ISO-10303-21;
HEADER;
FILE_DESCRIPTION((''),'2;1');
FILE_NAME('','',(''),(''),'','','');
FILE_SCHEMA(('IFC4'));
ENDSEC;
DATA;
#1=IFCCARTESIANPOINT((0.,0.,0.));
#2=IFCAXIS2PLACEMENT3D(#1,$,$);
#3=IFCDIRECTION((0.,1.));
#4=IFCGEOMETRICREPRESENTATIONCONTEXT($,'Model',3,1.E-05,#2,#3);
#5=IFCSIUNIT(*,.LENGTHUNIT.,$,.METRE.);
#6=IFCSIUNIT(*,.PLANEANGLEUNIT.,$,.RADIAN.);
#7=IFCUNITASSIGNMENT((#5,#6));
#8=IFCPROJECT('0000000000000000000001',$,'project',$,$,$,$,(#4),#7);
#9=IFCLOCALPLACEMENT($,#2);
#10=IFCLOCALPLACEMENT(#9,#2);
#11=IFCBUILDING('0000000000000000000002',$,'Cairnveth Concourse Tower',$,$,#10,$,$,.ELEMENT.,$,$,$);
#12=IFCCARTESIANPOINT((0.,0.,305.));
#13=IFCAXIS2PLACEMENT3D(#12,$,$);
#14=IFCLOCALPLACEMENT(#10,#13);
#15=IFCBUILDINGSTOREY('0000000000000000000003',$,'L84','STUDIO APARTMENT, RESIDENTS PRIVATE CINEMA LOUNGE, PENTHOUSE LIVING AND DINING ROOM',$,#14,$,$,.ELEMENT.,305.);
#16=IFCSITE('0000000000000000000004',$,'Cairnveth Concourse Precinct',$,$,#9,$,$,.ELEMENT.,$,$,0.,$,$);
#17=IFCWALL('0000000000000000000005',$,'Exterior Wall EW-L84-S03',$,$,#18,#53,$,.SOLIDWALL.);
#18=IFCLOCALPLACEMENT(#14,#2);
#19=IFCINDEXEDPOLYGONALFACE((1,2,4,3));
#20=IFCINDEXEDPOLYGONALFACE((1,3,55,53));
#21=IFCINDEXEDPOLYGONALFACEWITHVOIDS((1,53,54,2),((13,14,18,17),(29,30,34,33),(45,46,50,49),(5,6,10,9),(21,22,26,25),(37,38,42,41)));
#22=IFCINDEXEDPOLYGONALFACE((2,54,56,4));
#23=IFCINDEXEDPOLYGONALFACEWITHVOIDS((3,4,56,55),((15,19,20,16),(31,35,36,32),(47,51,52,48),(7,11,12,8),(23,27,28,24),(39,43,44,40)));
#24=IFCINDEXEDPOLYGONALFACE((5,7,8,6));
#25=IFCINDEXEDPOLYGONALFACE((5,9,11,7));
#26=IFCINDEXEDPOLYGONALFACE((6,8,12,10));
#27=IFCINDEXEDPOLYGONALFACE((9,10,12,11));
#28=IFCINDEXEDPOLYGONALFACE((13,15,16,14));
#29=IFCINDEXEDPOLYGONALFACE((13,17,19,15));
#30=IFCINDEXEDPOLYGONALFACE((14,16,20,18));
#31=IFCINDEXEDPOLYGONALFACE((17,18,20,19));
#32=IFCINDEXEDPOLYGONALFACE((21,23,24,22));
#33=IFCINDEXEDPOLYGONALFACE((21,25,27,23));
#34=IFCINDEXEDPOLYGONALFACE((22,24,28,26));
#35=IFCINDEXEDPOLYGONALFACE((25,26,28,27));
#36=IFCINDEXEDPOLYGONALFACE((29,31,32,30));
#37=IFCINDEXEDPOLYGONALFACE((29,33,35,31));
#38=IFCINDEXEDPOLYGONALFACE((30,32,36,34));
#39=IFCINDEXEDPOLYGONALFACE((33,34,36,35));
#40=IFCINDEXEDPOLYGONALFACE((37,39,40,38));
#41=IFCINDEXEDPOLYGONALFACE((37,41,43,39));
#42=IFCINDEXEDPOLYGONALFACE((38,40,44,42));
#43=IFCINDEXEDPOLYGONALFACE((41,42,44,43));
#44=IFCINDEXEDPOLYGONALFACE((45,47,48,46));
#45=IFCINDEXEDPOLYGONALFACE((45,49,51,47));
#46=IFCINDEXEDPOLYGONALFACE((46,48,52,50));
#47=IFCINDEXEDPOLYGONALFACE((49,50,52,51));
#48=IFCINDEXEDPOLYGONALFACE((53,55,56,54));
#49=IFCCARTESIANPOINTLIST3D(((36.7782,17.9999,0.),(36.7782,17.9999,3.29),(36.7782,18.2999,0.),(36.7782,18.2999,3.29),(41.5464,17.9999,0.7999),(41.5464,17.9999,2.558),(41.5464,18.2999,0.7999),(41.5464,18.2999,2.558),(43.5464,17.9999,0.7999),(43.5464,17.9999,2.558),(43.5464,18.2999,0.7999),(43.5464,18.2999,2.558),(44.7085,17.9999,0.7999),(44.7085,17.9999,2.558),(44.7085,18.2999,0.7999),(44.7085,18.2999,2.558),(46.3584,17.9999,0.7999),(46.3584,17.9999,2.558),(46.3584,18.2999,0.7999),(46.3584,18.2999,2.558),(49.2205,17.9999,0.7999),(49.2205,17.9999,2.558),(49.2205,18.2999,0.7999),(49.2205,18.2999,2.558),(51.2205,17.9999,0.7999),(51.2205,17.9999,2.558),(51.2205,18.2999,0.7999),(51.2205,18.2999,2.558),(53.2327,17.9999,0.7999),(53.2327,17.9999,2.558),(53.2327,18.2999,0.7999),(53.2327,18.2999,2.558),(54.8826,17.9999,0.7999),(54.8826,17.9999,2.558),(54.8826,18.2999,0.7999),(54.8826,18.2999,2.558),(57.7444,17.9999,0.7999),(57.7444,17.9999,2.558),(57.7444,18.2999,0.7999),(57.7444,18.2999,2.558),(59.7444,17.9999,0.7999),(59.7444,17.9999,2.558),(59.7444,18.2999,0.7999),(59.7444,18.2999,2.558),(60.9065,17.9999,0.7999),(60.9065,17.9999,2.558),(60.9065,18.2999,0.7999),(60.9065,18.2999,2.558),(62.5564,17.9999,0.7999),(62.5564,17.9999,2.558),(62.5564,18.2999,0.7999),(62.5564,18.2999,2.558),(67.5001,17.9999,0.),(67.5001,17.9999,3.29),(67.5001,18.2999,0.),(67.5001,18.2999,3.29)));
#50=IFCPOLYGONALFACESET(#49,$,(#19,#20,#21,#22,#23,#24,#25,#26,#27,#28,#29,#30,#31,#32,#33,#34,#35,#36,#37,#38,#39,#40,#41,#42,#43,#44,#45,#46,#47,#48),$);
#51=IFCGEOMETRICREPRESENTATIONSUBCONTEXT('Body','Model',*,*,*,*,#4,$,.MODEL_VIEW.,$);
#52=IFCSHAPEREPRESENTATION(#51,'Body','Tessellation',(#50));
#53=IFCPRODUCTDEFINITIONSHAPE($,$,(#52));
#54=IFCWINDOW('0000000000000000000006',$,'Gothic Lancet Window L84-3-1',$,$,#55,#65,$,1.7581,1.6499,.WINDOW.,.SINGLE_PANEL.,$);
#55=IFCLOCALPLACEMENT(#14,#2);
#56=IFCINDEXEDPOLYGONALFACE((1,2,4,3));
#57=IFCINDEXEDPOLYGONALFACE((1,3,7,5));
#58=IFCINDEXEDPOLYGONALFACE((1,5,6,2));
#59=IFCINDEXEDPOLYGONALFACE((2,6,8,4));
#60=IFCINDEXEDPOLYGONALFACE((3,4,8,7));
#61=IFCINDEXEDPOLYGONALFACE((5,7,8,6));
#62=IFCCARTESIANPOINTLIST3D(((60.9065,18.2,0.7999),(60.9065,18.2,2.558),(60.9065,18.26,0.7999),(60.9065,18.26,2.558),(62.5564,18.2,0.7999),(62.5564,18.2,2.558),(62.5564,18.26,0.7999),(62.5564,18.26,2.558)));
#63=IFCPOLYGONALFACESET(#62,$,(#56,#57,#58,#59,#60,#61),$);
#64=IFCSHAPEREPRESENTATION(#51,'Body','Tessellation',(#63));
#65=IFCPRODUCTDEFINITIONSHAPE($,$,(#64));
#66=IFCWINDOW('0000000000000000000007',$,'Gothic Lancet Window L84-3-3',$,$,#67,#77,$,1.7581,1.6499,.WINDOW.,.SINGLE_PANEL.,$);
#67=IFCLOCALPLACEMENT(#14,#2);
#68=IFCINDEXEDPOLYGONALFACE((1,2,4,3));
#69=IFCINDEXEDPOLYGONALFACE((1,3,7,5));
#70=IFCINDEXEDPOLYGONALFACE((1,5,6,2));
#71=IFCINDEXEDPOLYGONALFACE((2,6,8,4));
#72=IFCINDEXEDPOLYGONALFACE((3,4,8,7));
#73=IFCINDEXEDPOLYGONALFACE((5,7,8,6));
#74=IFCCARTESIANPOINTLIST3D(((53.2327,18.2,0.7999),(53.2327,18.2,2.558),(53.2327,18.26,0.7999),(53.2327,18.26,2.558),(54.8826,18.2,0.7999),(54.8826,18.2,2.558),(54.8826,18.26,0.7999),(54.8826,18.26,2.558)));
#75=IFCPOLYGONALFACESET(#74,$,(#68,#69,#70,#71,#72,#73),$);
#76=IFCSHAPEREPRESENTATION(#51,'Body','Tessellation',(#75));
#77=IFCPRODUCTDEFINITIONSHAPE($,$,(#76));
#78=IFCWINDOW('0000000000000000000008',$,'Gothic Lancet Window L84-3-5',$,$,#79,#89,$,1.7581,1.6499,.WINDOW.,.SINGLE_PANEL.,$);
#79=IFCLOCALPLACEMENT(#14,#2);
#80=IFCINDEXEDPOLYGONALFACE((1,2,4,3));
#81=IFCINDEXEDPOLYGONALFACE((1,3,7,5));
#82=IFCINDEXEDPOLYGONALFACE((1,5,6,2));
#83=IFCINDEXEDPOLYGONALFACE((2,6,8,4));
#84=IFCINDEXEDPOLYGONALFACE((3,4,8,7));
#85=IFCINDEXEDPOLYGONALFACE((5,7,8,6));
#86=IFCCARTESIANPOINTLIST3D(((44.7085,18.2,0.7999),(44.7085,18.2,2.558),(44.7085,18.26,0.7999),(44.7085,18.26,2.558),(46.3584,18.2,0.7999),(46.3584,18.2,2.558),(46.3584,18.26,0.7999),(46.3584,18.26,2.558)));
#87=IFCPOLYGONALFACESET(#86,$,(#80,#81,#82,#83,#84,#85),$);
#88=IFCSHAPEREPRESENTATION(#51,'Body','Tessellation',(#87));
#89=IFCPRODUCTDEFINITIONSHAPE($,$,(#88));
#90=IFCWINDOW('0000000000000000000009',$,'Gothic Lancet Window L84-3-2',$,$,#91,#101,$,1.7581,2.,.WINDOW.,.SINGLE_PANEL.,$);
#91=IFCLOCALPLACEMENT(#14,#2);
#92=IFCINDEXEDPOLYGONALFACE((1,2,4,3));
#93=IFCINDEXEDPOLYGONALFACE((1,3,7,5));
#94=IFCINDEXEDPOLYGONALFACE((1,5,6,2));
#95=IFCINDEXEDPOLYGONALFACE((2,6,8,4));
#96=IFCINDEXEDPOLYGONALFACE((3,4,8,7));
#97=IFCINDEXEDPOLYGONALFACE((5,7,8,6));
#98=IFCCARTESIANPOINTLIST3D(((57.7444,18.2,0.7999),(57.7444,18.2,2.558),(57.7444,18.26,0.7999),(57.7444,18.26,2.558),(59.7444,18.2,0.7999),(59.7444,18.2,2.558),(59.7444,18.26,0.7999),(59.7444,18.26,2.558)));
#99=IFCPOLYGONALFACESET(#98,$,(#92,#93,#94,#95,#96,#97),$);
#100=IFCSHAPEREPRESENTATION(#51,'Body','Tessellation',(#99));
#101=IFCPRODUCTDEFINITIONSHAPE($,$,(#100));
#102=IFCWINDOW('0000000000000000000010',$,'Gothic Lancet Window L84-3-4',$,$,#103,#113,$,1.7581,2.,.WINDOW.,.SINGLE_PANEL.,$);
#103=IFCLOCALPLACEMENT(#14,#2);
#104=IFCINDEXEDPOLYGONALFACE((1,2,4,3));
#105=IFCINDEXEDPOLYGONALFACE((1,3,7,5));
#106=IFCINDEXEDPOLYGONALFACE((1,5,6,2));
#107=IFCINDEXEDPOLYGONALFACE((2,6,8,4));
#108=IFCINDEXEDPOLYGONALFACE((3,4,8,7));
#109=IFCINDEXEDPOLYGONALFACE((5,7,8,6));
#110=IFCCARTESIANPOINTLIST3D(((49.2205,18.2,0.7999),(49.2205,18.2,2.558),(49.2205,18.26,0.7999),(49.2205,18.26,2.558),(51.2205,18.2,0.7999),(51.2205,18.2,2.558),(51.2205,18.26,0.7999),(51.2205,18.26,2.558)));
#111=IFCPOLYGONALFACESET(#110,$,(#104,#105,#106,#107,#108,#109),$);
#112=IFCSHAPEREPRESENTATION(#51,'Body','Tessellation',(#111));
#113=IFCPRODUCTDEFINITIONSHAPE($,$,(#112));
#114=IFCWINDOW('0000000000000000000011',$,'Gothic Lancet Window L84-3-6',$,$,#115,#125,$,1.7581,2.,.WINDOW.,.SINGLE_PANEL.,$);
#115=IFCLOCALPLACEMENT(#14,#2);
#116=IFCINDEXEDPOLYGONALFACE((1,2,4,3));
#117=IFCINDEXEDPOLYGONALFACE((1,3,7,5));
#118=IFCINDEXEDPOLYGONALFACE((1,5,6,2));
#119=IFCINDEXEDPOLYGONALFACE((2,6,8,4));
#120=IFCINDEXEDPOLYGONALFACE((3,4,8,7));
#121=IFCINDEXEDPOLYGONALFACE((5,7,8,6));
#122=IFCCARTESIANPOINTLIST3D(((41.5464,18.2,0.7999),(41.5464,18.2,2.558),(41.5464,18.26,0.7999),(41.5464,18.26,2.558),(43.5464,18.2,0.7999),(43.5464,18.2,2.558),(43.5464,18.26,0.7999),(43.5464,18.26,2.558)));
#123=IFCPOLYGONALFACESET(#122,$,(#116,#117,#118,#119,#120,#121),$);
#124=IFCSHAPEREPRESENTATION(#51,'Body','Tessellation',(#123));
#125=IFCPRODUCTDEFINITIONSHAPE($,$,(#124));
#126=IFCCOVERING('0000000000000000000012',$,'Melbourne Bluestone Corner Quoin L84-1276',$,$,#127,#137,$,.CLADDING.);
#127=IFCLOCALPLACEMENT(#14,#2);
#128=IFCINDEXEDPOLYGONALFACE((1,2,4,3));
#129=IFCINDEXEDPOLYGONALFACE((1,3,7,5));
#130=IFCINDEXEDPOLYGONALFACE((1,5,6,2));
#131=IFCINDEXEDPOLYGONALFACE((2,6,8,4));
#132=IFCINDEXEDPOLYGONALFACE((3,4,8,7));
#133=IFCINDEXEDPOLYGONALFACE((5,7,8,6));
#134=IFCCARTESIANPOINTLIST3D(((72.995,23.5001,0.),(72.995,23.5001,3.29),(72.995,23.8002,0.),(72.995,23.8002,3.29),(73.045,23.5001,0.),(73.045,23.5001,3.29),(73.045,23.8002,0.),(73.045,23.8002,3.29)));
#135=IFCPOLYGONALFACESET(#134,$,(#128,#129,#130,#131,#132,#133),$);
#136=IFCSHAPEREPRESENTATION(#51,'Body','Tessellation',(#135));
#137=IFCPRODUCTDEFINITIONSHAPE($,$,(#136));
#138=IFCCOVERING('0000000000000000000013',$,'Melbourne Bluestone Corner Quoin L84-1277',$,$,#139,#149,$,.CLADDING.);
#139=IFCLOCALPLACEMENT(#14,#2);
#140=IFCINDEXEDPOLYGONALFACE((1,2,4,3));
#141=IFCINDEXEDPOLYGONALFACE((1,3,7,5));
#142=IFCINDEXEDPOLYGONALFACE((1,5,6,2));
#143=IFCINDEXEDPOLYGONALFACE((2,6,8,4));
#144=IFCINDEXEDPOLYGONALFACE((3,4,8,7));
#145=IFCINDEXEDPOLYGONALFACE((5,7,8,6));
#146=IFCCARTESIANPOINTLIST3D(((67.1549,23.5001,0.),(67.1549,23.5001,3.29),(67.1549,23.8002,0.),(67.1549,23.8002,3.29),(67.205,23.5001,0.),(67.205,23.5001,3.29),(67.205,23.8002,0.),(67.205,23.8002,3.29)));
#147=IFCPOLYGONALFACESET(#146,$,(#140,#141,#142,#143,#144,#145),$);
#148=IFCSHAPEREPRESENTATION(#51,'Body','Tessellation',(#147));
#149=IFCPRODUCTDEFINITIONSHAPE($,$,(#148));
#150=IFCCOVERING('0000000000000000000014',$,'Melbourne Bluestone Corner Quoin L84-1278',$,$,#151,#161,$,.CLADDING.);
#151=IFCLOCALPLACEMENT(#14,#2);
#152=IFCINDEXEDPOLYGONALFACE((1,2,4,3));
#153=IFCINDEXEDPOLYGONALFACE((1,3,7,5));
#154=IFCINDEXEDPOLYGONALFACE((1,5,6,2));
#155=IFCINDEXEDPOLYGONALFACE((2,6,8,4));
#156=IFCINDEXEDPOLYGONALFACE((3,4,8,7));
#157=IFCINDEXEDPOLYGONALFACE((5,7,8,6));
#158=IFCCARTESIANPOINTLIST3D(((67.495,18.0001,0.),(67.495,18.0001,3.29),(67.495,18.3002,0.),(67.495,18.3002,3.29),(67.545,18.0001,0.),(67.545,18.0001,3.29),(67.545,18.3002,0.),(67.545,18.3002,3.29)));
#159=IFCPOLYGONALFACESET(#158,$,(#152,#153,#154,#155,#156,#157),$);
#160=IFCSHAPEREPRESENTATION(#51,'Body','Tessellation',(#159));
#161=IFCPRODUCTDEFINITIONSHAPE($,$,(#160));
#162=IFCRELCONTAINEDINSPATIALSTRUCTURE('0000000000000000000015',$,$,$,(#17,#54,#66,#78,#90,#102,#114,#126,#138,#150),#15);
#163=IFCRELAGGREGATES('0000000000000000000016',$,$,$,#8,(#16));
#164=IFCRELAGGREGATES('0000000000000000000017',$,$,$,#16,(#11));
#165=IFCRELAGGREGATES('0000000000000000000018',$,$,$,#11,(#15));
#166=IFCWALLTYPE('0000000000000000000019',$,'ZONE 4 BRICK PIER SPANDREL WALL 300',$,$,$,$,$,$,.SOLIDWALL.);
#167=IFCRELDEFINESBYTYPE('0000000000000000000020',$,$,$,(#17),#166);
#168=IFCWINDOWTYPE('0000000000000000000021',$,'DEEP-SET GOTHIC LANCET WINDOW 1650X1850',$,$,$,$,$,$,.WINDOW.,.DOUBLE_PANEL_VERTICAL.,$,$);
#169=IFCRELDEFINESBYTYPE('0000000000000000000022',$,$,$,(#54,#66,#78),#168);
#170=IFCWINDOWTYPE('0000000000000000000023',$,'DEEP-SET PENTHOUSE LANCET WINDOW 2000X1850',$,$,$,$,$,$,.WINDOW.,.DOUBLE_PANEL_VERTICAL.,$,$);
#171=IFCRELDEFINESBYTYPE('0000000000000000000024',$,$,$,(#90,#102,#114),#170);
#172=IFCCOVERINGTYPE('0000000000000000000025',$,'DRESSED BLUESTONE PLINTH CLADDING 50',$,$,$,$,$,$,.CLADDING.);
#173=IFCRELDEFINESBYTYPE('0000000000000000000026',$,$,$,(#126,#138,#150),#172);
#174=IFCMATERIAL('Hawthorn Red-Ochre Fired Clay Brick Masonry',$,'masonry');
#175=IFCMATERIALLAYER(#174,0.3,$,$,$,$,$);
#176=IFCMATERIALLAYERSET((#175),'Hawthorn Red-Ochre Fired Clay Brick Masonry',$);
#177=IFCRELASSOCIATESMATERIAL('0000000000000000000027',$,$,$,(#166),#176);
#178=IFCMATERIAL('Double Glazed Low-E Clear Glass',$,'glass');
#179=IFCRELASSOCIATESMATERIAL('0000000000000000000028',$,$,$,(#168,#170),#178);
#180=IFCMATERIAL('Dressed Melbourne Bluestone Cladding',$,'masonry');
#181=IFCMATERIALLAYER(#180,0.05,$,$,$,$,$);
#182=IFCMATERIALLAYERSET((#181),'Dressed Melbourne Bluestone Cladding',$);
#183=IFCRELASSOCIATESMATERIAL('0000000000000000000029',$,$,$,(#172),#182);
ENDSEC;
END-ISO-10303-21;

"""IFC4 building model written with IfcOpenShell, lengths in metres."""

from ifc_helpers import new_model, si_unit, direction, frame, frame_2d, origin, place, context, subcontext, project, spatial, rectangle, extrude, material, layer, layer_set, type_object, element, fill, save


model = new_model("IFC4")

# Units and contexts
model_context = context("Model", 3, precision=1e-05, world=origin(), true_north=direction((0.0, 1.0)))
body_context = subcontext(model_context, "Body", "Model", "MODEL_VIEW")
ifc_project = project(units=[si_unit("LENGTHUNIT", "METRE"), si_unit("PLANEANGLEUNIT", "RADIAN")], contexts=[model_context])

# Site, building, storey
site_placement = place(None, origin())
site = spatial("IfcSite", under=ifc_project, at=site_placement, Name="Cairnveth Concourse Precinct", CompositionType="ELEMENT", RefElevation=0.0)
building_placement = place(site_placement, origin())
building = spatial("IfcBuilding", under=site, at=building_placement, Name="Cairnveth Concourse Tower", CompositionType="ELEMENT")
storey_placement = place(building_placement, frame((0.0, 0.0, 305.0)))
storey = spatial("IfcBuildingStorey", under=building, at=storey_placement, Name="L84", Description="STUDIO APARTMENT, RESIDENTS PRIVATE CINEMA LOUNGE, PENTHOUSE LIVING AND DINING ROOM", CompositionType="ELEMENT", Elevation=305.0)

# Shared definitions
ifc_material_1 = material(Name="Hawthorn Red-Ochre Fired Clay Brick Masonry", Category="masonry")
ifc_layer_1 = layer(ifc_material_1, 0.3)
ifc_layer_set_1 = layer_set([ifc_layer_1], Name="Hawthorn Red-Ochre Fired Clay Brick Masonry")
wall_type = type_object("IfcWallType", Name="ZONE 4 BRICK PIER SPANDREL WALL 300", PredefinedType="SOLIDWALL", material=ifc_layer_set_1)
ifc_material_2 = material(Name="Double Glazed Low-E Clear Glass", Category="glass")

# Wall, openings, windows
wall_1_placement = place(storey_placement, frame((67.5, 18.1499, 0.0), z_axis=(0.0, 0.0, 1.0), x_axis=(-1.0, 0.0, 0.0)))
wall_1 = element("IfcWall", 1, at=wall_1_placement, inside=storey, type_object=wall_type, Name="Exterior Wall EW-L84-S03", PredefinedType="SOLIDWALL", context=body_context, shape_type="SweptSolid", body=[
    extrude(rectangle(XDim=30.7219, YDim=0.3, at=frame_2d((15.3608, 0.0))), origin(), (0.0, 0.0, 1.0), 3.29),
])
opening_1_placement = place(wall_1_placement, frame((4.9436, 0.0, 0.8)))
opening_1 = element("IfcOpeningElement", 2, at=opening_1_placement, cuts=wall_1, PredefinedType="OPENING", context=body_context, shape_type="SweptSolid", body=[
    extrude(rectangle(XDim=1.6499, YDim=1.7581, at=frame_2d((0.825, 0.8789))), frame((0.0, 0.1599, 0.0), z_axis=(0.0, -1.0, 0.0), x_axis=(1.0, 0.0, 0.0)), (0.0, 0.0, 1.0), 0.3201),
])
opening_2_placement = place(wall_1_placement, frame((7.7556, 0.0, 0.8)))
opening_2 = element("IfcOpeningElement", 3, at=opening_2_placement, cuts=wall_1, PredefinedType="OPENING", context=body_context, shape_type="SweptSolid", body=[
    extrude(rectangle(XDim=2.0, YDim=1.7581, at=frame_2d((1.0, 0.8789))), frame((0.0, 0.1599, 0.0), z_axis=(0.0, -1.0, 0.0), x_axis=(1.0, 0.0, 0.0)), (0.0, 0.0, 1.0), 0.3201),
])
opening_3_placement = place(wall_1_placement, frame((12.6174, 0.0, 0.8)))
opening_3 = element("IfcOpeningElement", 4, at=opening_3_placement, cuts=wall_1, PredefinedType="OPENING", context=body_context, shape_type="SweptSolid", body=[
    extrude(rectangle(XDim=1.6499, YDim=1.7581, at=frame_2d((0.825, 0.8789))), frame((0.0, 0.1599, 0.0), z_axis=(0.0, -1.0, 0.0), x_axis=(1.0, 0.0, 0.0)), (0.0, 0.0, 1.0), 0.3201),
])
opening_4_placement = place(wall_1_placement, frame((16.2795, 0.0, 0.8)))
opening_4 = element("IfcOpeningElement", 5, at=opening_4_placement, cuts=wall_1, PredefinedType="OPENING", context=body_context, shape_type="SweptSolid", body=[
    extrude(rectangle(XDim=2.0, YDim=1.7581, at=frame_2d((1.0, 0.8789))), frame((0.0, 0.1599, 0.0), z_axis=(0.0, -1.0, 0.0), x_axis=(1.0, 0.0, 0.0)), (0.0, 0.0, 1.0), 0.3201),
])
opening_5_placement = place(wall_1_placement, frame((21.1416, 0.0, 0.8)))
opening_5 = element("IfcOpeningElement", 6, at=opening_5_placement, cuts=wall_1, PredefinedType="OPENING", context=body_context, shape_type="SweptSolid", body=[
    extrude(rectangle(XDim=1.6499, YDim=1.7581, at=frame_2d((0.825, 0.8789))), frame((0.0, 0.1599, 0.0), z_axis=(0.0, -1.0, 0.0), x_axis=(1.0, 0.0, 0.0)), (0.0, 0.0, 1.0), 0.3201),
])
opening_6_placement = place(wall_1_placement, frame((23.9536, 0.0, 0.8)))
opening_6 = element("IfcOpeningElement", 7, at=opening_6_placement, cuts=wall_1, PredefinedType="OPENING", context=body_context, shape_type="SweptSolid", body=[
    extrude(rectangle(XDim=2.0, YDim=1.7581, at=frame_2d((1.0, 0.8789))), frame((0.0, 0.1599, 0.0), z_axis=(0.0, -1.0, 0.0), x_axis=(1.0, 0.0, 0.0)), (0.0, 0.0, 1.0), 0.3201),
])
window_type_1 = type_object("IfcWindowType", Name="DEEP-SET GOTHIC LANCET WINDOW 1650X1850", PartitioningType="DOUBLE_PANEL_VERTICAL", PredefinedType="WINDOW", material=ifc_material_2)
window_1_placement = place(opening_1_placement, origin())
window_1 = element("IfcWindow", 8, at=window_1_placement, inside=storey, type_object=window_type_1, Name="Gothic Lancet Window L84-3-1", OverallHeight=1.7581, OverallWidth=1.6499, PartitioningType="SINGLE_PANEL", PredefinedType="WINDOW", context=body_context, shape_type="SweptSolid", body=[
    extrude(rectangle(XDim=1.6499, YDim=1.7581, at=frame_2d((0.825, 0.8789))), frame((0.0, -0.05, 0.0), z_axis=(0.0, -1.0, 0.0), x_axis=(1.0, 0.0, 0.0)), (0.0, 0.0, 1.0), 0.0601),
])
fill(opening_1, window_1)
window_2_placement = place(opening_3_placement, origin())
window_2 = element("IfcWindow", 9, at=window_2_placement, inside=storey, type_object=window_type_1, Name="Gothic Lancet Window L84-3-3", OverallHeight=1.7581, OverallWidth=1.6499, PartitioningType="SINGLE_PANEL", PredefinedType="WINDOW", context=body_context, shape_type="SweptSolid", body=[
    extrude(rectangle(XDim=1.6499, YDim=1.7581, at=frame_2d((0.825, 0.8789))), frame((0.0, -0.05, 0.0), z_axis=(0.0, -1.0, 0.0), x_axis=(1.0, 0.0, 0.0)), (0.0, 0.0, 1.0), 0.0601),
])
fill(opening_3, window_2)
window_3_placement = place(opening_5_placement, origin())
window_3 = element("IfcWindow", 10, at=window_3_placement, inside=storey, type_object=window_type_1, Name="Gothic Lancet Window L84-3-5", OverallHeight=1.7581, OverallWidth=1.6499, PartitioningType="SINGLE_PANEL", PredefinedType="WINDOW", context=body_context, shape_type="SweptSolid", body=[
    extrude(rectangle(XDim=1.6499, YDim=1.7581, at=frame_2d((0.825, 0.8789))), frame((0.0, -0.05, 0.0), z_axis=(0.0, -1.0, 0.0), x_axis=(1.0, 0.0, 0.0)), (0.0, 0.0, 1.0), 0.0601),
])
fill(opening_5, window_3)
window_type_2 = type_object("IfcWindowType", Name="DEEP-SET PENTHOUSE LANCET WINDOW 2000X1850", PartitioningType="DOUBLE_PANEL_VERTICAL", PredefinedType="WINDOW", material=ifc_material_2)
window_4_placement = place(opening_2_placement, origin())
window_4 = element("IfcWindow", 11, at=window_4_placement, inside=storey, type_object=window_type_2, Name="Gothic Lancet Window L84-3-2", OverallHeight=1.7581, OverallWidth=2.0, PartitioningType="SINGLE_PANEL", PredefinedType="WINDOW", context=body_context, shape_type="SweptSolid", body=[
    extrude(rectangle(XDim=2.0, YDim=1.7581, at=frame_2d((1.0, 0.8789))), frame((0.0, -0.05, 0.0), z_axis=(0.0, -1.0, 0.0), x_axis=(1.0, 0.0, 0.0)), (0.0, 0.0, 1.0), 0.0601),
])
fill(opening_2, window_4)
window_5_placement = place(opening_4_placement, origin())
window_5 = element("IfcWindow", 12, at=window_5_placement, inside=storey, type_object=window_type_2, Name="Gothic Lancet Window L84-3-4", OverallHeight=1.7581, OverallWidth=2.0, PartitioningType="SINGLE_PANEL", PredefinedType="WINDOW", context=body_context, shape_type="SweptSolid", body=[
    extrude(rectangle(XDim=2.0, YDim=1.7581, at=frame_2d((1.0, 0.8789))), frame((0.0, -0.05, 0.0), z_axis=(0.0, -1.0, 0.0), x_axis=(1.0, 0.0, 0.0)), (0.0, 0.0, 1.0), 0.0601),
])
fill(opening_4, window_5)
window_6_placement = place(opening_6_placement, origin())
window_6 = element("IfcWindow", 13, at=window_6_placement, inside=storey, type_object=window_type_2, Name="Gothic Lancet Window L84-3-6", OverallHeight=1.7581, OverallWidth=2.0, PartitioningType="SINGLE_PANEL", PredefinedType="WINDOW", context=body_context, shape_type="SweptSolid", body=[
    extrude(rectangle(XDim=2.0, YDim=1.7581, at=frame_2d((1.0, 0.8789))), frame((0.0, -0.05, 0.0), z_axis=(0.0, -1.0, 0.0), x_axis=(1.0, 0.0, 0.0)), (0.0, 0.0, 1.0), 0.0601),
])
fill(opening_6, window_6)

# Coverings
ifc_material_3 = material(Name="Dressed Melbourne Bluestone Cladding", Category="masonry")
ifc_layer_2 = layer(ifc_material_3, 0.05)
ifc_layer_set_2 = layer_set([ifc_layer_2], Name="Dressed Melbourne Bluestone Cladding")
covering_type = type_object("IfcCoveringType", Name="DRESSED BLUESTONE PLINTH CLADDING 50", PredefinedType="CLADDING", material=ifc_layer_set_2)
for number, where, z_axis, x_axis, name in (
    (14, (73.02, 23.8, 0.0), (0.0, 0.0, 1.0), (0.0, -1.0, 0.0), "Melbourne Bluestone Corner Quoin L84-1276"),
    (15, (67.1799, 23.8, 0.0), (0.0, 0.0, 1.0), (0.0, -1.0, 0.0), "Melbourne Bluestone Corner Quoin L84-1277"),
    (16, (67.52, 18.3, 0.0), (0.0, 0.0, 1.0), (0.0, -1.0, 0.0), "Melbourne Bluestone Corner Quoin L84-1278"),
):
    element("IfcCovering", number, at=place(storey_placement, frame(where, z_axis=z_axis, x_axis=x_axis)), inside=storey, type_object=covering_type, Name=name, PredefinedType="CLADDING", context=body_context, shape_type="SweptSolid", body=[
        extrude(rectangle(XDim=0.3, YDim=0.05, at=frame_2d((0.1499, 0.0))), origin(), (0.0, 0.0, 1.0), 3.29),
    ])

save(model, "model.ifc")
